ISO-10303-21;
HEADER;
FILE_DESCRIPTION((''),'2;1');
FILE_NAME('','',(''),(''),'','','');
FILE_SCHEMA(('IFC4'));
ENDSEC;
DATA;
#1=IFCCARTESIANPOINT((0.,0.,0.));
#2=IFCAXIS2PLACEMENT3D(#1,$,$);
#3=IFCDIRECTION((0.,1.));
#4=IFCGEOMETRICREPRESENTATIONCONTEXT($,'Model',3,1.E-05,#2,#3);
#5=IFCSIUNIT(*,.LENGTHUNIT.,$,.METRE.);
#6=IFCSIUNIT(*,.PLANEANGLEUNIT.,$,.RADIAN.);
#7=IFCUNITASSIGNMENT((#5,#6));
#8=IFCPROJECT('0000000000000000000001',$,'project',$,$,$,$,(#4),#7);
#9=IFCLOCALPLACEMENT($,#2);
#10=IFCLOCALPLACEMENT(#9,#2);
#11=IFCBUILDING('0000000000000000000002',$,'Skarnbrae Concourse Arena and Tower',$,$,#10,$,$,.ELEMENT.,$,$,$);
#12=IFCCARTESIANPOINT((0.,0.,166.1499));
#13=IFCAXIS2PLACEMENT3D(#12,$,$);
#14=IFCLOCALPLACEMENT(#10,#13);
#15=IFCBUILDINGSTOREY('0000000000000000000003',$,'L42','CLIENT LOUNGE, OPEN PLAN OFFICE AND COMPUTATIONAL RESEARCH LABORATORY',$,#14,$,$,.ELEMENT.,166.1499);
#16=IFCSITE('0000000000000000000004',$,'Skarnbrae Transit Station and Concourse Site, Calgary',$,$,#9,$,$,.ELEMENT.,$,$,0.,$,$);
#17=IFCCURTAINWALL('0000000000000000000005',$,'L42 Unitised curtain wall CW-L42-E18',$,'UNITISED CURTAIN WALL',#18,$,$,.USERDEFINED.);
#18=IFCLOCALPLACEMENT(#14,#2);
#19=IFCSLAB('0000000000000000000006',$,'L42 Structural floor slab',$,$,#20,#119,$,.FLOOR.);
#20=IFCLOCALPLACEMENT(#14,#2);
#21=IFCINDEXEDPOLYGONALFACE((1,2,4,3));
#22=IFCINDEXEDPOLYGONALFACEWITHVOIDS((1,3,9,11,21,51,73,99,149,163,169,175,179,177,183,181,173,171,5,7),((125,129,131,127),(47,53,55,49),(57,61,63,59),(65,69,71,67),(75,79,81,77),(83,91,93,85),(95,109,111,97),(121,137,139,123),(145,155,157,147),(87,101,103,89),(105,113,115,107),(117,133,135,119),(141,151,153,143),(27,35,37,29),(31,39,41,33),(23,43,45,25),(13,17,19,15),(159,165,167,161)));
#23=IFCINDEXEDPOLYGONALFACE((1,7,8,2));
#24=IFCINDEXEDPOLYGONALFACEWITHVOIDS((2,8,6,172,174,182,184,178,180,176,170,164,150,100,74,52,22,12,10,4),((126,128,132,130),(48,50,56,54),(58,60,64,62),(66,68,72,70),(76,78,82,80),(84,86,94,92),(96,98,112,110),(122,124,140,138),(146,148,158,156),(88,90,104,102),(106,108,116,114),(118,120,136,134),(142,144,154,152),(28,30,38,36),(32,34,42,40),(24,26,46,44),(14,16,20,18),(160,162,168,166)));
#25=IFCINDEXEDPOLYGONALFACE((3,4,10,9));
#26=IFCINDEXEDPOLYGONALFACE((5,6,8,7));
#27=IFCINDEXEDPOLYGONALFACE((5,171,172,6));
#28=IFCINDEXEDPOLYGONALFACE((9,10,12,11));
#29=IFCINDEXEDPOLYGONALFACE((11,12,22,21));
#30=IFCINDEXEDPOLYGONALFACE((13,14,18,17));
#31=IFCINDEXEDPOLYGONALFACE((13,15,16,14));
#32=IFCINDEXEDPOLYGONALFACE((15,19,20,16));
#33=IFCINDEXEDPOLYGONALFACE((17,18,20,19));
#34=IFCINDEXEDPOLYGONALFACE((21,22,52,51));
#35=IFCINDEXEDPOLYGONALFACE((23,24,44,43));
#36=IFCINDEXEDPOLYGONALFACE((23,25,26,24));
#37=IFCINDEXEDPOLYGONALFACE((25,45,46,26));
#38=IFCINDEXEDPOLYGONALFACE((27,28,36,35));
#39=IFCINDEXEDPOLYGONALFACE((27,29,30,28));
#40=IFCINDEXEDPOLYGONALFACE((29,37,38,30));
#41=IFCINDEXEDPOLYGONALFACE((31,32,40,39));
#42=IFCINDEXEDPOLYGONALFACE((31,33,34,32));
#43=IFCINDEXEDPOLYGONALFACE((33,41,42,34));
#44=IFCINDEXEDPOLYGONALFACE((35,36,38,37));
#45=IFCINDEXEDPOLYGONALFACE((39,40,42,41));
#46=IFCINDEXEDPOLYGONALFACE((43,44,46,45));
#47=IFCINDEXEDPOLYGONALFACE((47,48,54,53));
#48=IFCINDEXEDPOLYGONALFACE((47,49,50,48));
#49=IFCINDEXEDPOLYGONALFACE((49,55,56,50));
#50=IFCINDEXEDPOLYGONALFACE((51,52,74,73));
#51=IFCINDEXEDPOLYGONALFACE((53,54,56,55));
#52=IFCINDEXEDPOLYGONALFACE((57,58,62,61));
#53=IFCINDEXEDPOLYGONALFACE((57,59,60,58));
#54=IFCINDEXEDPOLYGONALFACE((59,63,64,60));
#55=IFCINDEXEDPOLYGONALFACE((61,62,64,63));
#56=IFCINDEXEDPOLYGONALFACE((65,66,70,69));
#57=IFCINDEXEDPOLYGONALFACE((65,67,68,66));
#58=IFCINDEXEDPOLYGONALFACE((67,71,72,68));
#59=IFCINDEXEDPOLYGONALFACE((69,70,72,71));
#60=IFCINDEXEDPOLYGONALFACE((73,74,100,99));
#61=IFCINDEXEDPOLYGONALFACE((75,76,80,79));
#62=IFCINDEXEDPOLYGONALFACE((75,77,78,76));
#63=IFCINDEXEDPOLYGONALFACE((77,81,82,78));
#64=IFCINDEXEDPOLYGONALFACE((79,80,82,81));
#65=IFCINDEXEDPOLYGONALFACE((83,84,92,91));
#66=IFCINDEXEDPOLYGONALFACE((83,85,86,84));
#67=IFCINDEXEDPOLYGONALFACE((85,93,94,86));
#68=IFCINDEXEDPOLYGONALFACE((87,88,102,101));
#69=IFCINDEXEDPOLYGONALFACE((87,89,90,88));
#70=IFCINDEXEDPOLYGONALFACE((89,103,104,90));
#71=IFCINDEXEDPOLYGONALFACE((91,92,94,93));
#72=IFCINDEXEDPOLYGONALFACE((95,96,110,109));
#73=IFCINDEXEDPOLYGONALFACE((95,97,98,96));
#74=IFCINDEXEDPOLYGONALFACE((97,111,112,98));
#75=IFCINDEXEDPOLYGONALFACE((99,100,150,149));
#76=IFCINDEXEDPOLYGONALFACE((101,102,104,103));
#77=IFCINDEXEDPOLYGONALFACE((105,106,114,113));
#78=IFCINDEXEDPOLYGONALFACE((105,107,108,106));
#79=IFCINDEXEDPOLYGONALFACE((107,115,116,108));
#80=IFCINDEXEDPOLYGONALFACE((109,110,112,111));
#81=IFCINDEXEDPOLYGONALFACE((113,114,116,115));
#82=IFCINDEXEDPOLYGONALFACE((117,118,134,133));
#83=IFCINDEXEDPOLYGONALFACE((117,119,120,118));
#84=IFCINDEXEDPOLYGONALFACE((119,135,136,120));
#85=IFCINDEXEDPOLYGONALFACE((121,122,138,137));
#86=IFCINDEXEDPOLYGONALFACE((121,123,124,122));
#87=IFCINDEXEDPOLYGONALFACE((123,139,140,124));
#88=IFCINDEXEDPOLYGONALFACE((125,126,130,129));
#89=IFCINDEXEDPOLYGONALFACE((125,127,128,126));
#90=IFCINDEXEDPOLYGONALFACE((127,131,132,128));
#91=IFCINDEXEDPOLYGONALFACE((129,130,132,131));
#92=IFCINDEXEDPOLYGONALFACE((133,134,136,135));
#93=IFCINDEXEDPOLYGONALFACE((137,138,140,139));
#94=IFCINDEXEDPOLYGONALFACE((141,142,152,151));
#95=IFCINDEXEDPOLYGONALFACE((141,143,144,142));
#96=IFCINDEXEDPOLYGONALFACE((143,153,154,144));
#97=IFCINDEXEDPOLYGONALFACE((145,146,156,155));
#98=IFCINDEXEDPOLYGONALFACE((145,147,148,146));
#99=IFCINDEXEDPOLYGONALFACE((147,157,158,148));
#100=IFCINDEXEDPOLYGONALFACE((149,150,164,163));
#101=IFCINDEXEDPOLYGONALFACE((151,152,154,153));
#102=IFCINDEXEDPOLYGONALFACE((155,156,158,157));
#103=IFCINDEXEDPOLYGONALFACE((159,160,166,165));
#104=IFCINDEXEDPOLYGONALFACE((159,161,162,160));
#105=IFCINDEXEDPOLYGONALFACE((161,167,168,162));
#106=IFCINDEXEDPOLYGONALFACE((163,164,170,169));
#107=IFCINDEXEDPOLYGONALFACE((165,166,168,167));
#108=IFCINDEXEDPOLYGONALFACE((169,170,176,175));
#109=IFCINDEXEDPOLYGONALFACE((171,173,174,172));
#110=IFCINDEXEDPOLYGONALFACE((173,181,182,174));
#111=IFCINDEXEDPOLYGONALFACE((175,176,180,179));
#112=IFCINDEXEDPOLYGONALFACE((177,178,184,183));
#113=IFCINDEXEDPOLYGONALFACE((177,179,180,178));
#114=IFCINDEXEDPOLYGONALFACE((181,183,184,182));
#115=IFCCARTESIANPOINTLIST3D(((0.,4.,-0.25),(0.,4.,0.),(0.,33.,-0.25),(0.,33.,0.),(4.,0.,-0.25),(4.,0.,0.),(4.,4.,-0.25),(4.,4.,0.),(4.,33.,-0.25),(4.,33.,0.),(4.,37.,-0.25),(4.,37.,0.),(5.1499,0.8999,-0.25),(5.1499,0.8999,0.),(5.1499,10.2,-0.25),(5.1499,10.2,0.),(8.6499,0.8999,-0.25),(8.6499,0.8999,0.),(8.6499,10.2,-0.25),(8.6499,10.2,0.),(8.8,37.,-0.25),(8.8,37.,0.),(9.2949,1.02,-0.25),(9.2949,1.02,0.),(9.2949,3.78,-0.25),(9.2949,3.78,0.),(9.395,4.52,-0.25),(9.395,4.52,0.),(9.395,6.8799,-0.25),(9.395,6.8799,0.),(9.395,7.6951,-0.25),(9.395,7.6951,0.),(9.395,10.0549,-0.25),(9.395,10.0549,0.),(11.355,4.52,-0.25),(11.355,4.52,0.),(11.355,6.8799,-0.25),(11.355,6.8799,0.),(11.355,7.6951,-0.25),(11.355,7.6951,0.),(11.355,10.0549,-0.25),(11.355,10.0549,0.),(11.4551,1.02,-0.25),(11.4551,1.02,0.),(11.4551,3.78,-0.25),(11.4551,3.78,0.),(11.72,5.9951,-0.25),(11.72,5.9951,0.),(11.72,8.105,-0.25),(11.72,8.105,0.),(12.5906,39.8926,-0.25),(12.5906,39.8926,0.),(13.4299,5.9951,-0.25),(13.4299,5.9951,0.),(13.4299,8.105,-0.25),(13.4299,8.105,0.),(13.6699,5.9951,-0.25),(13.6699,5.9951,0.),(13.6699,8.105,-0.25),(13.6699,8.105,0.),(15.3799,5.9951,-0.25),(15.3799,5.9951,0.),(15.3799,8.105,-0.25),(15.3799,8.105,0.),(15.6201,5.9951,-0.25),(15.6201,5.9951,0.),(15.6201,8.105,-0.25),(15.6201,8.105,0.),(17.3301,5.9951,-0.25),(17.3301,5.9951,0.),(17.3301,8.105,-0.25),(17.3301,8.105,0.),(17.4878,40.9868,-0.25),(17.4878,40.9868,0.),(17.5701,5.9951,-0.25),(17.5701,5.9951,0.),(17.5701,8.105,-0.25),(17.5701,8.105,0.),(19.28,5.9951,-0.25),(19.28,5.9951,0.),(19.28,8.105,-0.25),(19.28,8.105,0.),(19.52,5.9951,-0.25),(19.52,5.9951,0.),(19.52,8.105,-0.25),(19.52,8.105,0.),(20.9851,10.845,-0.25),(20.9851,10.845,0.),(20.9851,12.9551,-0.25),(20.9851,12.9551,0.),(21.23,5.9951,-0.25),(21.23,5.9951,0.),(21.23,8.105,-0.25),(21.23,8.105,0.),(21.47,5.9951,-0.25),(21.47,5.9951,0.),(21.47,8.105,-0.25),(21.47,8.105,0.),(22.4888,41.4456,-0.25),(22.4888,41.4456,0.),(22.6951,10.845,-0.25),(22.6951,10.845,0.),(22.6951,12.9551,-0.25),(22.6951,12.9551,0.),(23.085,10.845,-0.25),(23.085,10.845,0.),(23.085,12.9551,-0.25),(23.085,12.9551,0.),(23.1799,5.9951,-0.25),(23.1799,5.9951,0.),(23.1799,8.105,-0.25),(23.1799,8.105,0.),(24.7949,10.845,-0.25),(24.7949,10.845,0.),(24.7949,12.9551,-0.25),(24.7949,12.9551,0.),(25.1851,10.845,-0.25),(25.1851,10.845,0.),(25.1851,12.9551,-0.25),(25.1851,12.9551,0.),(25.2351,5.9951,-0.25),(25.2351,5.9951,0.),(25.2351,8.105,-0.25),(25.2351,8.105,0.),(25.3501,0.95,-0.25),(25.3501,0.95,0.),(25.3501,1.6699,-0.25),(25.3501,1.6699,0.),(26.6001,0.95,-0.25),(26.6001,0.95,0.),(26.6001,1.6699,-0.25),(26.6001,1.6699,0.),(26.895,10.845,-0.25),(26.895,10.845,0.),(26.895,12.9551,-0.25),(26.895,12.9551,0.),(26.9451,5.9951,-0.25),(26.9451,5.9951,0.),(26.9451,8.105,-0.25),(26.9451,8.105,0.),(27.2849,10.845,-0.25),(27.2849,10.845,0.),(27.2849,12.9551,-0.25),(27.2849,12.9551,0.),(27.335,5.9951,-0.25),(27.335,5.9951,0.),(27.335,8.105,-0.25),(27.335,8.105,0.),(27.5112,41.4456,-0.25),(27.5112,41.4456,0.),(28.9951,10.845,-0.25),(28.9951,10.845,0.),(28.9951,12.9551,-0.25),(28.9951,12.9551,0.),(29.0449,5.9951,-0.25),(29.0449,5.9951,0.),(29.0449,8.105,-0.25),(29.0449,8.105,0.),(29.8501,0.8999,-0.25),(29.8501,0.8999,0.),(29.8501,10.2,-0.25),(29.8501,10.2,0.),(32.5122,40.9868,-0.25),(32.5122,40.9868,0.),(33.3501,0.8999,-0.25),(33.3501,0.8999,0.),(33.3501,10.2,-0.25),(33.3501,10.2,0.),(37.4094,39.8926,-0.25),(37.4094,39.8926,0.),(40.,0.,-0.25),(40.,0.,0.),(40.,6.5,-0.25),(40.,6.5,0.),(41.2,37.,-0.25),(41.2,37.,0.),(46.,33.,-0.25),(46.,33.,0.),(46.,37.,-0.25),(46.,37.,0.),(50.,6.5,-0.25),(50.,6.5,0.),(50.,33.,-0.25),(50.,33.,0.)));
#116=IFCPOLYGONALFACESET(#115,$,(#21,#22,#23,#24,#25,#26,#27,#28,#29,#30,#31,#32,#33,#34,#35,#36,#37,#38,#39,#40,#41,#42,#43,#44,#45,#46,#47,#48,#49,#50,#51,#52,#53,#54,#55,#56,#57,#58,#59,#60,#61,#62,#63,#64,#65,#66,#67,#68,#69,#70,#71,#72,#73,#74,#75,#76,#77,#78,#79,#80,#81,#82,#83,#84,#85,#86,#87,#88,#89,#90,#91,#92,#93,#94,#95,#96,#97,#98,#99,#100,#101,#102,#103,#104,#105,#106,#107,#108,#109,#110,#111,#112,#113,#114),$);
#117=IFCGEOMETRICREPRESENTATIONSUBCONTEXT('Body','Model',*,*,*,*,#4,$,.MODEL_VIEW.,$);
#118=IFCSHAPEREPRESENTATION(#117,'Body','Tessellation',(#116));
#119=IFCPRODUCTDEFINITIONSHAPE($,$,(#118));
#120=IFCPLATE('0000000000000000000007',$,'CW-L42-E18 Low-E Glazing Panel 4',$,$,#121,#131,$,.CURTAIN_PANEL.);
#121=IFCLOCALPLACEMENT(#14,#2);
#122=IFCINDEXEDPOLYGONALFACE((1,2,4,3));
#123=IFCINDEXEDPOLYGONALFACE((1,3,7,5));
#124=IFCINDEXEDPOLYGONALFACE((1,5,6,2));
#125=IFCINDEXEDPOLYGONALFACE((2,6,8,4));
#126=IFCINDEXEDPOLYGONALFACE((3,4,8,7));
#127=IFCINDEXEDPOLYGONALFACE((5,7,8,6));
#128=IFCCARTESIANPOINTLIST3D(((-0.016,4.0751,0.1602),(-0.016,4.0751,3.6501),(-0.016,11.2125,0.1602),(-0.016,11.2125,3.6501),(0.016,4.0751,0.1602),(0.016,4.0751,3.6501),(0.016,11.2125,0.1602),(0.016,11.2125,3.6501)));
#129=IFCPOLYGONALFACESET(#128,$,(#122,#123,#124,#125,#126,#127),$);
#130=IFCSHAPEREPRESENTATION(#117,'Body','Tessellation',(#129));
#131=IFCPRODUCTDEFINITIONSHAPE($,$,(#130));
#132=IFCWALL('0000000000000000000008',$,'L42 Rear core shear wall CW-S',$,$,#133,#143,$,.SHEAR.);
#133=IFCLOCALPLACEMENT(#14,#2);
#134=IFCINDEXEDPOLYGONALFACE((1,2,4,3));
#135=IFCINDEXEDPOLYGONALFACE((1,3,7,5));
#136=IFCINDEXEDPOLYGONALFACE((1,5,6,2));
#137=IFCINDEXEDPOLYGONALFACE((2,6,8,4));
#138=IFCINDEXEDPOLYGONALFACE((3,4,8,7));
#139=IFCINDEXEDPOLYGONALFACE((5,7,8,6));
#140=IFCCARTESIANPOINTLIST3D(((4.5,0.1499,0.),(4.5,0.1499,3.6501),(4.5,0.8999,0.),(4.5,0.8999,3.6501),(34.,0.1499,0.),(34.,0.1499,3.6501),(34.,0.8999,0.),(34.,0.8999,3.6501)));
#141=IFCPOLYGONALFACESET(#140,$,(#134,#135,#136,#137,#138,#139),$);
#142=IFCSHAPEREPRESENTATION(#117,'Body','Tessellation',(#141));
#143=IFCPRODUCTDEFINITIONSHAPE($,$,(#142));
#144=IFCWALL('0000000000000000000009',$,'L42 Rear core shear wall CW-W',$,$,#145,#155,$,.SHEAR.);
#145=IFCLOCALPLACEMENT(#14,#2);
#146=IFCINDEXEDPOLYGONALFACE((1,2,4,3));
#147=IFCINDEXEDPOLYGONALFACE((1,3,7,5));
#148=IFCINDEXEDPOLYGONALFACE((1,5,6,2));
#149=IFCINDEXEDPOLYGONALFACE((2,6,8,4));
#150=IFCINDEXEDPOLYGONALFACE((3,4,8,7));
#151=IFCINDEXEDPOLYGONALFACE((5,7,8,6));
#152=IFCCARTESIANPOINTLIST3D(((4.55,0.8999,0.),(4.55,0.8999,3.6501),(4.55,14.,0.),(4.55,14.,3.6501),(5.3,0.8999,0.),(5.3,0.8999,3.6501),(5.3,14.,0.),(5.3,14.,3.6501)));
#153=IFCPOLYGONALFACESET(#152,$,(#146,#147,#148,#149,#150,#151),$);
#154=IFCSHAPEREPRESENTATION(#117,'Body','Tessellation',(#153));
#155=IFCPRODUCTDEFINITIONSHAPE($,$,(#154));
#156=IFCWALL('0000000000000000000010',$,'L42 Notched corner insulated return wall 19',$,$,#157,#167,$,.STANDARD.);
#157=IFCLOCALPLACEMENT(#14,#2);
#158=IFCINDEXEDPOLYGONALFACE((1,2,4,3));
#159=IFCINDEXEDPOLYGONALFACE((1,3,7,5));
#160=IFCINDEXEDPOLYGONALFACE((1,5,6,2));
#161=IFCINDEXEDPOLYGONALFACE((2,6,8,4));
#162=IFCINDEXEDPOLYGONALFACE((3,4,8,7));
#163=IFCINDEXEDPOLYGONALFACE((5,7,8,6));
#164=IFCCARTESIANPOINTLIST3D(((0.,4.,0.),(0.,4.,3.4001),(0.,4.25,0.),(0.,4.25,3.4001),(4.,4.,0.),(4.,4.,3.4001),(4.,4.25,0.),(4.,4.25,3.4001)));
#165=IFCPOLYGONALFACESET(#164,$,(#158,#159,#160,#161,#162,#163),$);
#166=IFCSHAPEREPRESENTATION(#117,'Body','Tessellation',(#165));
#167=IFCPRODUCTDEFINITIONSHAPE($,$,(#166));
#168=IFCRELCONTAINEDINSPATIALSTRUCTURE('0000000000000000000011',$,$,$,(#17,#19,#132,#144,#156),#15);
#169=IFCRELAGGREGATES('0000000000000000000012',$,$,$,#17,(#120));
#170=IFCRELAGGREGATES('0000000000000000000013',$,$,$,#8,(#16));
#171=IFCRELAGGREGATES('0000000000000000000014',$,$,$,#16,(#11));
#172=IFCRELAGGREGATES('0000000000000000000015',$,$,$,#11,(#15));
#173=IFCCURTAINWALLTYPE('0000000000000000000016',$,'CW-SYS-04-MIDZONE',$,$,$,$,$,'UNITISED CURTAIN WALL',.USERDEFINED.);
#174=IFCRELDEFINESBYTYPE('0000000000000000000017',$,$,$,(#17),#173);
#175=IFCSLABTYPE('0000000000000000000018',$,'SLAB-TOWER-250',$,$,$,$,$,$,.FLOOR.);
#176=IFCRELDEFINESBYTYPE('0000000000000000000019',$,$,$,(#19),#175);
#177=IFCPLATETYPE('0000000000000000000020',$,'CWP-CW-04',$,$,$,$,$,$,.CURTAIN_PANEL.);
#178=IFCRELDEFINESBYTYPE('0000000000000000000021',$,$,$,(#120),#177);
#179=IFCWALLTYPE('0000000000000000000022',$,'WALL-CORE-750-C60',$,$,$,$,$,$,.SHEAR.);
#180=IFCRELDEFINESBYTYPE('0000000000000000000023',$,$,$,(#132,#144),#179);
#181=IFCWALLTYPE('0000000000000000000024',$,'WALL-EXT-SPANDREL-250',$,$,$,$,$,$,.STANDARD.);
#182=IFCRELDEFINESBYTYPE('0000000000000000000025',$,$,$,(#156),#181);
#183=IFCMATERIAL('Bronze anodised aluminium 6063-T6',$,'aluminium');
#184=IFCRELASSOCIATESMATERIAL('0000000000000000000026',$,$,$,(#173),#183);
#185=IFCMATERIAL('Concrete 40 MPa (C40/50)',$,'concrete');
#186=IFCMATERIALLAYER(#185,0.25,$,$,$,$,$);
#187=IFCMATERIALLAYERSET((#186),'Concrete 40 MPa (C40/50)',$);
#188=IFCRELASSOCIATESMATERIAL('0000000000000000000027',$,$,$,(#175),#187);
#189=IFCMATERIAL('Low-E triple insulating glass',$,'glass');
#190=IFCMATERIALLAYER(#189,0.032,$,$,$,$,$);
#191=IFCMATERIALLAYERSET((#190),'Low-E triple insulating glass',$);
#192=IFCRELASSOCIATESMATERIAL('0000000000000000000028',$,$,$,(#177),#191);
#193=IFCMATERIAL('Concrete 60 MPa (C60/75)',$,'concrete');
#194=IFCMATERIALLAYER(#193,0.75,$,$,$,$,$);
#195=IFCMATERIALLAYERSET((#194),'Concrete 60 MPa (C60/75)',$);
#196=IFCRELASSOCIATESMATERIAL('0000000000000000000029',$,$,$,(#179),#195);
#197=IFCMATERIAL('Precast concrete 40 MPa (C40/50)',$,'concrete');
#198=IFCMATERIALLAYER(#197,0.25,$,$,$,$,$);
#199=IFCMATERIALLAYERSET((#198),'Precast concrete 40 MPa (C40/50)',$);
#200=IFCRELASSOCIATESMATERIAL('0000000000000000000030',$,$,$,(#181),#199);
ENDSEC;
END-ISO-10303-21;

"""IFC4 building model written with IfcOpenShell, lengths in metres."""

from ifc_helpers import new_model, si_unit, direction, frame, frame_2d, origin, origin_2d, place, context, subcontext, project, spatial, polyline, rectangle, outline, extrude, source, transform, mapped, material, layer, layer_set, type_object, element, aggregate, save


model = new_model("IFC4")

# Units and contexts
model_context = context("Model", 3, precision=1e-05, world=origin(), true_north=direction((0.0, 1.0)))
body_context = subcontext(model_context, "Body", "Model", "MODEL_VIEW")
ifc_project = project(units=[si_unit("LENGTHUNIT", "METRE"), si_unit("PLANEANGLEUNIT", "RADIAN")], contexts=[model_context])

# Site, building, storey
site_placement = place(None, origin())
site = spatial("IfcSite", under=ifc_project, at=site_placement, Name="Skarnbrae Transit Station and Concourse Site, Calgary", CompositionType="ELEMENT", RefElevation=0.0)
building_placement = place(site_placement, origin())
building = spatial("IfcBuilding", under=site, at=building_placement, Name="Skarnbrae Concourse Arena and Tower", CompositionType="ELEMENT")
storey_placement = place(building_placement, frame((0.0, 0.0, 166.1499)))
storey = spatial("IfcBuildingStorey", under=building, at=storey_placement, Name="L42", Description="CLIENT LOUNGE, OPEN PLAN OFFICE AND COMPUTATIONAL RESEARCH LABORATORY", CompositionType="ELEMENT", Elevation=166.1499)

# Curtain wall
ifc_material_1 = material(Name="Bronze anodised aluminium 6063-T6", Category="aluminium")
curtain_wall_type = type_object("IfcCurtainWallType", Name="CW-SYS-04-MIDZONE", ElementType="UNITISED CURTAIN WALL", PredefinedType="USERDEFINED", material=ifc_material_1)
curtain_wall_placement = place(storey_placement, origin())
curtain_wall = element("IfcCurtainWall", 1, at=curtain_wall_placement, inside=storey, type_object=curtain_wall_type, Name="L42 Unitised curtain wall CW-L42-E18", ObjectType="UNITISED CURTAIN WALL", PredefinedType="USERDEFINED")

# Shared definitions
ifc_material_2 = material(Name="Concrete 40 MPa (C40/50)", Category="concrete")

# Slab
ifc_layer_1 = layer(ifc_material_2, 0.25)
ifc_layer_set_1 = layer_set([ifc_layer_1], Name="Concrete 40 MPa (C40/50)")
slab_type_1 = type_object("IfcSlabType", Name="SLAB-TOWER-250", PredefinedType="FLOOR", material=ifc_layer_set_1)
slab_1_placement = place(storey_placement, frame((0.0, 0.0, -0.25)))
element("IfcSlab", 2, at=slab_1_placement, inside=storey, type_object=slab_type_1, Name="L42 Structural floor slab", PredefinedType="FLOOR", context=body_context, shape_type="SweptSolid", body=[
    extrude(outline(polyline([(4.0, 0.0), (40.0, 0.0), (40.0, 6.5), (50.0, 6.5), (50.0, 33.0), (46.0, 33.0), (46.0, 37.0), (41.2, 37.0), (37.4094, 39.8926), (32.5122, 40.9868), (27.5112, 41.4456), (22.4888, 41.4456), (17.4878, 40.9868), (12.5906, 39.8926), (8.8, 37.0), (4.0, 37.0), (4.0, 33.0), (0.0, 33.0), (0.0, 4.0), (4.0, 4.0), (4.0, 0.0)]), holes=[polyline([(9.2949, 3.78), (11.4551, 3.78), (11.4551, 1.02), (9.2949, 1.02), (9.2949, 3.78)]), polyline([(8.6499, 10.2), (8.6499, 0.8999), (5.1499, 0.8999), (5.1499, 10.2), (8.6499, 10.2)]), polyline([(9.395, 6.8799), (11.355, 6.8799), (11.355, 4.52), (9.395, 4.52), (9.395, 6.8799)]), polyline([(11.72, 8.105), (13.4299, 8.105), (13.4299, 5.9951), (11.72, 5.9951), (11.72, 8.105)]), polyline([(13.6699, 8.105), (15.3799, 8.105), (15.3799, 5.9951), (13.6699, 5.9951), (13.6699, 8.105)]), polyline([(15.6201, 8.105), (17.3301, 8.105), (17.3301, 5.9951), (15.6201, 5.9951), (15.6201, 8.105)]), polyline([(17.5701, 8.105), (19.28, 8.105), (19.28, 5.9951), (17.5701, 5.9951), (17.5701, 8.105)]), polyline([(21.23, 8.105), (21.23, 5.9951), (19.52, 5.9951), (19.52, 8.105), (21.23, 8.105)]), polyline([(11.355, 10.0549), (11.355, 7.6951), (9.395, 7.6951), (9.395, 10.0549), (11.355, 10.0549)]), polyline([(25.3501, 1.6699), (26.6001, 1.6699), (26.6001, 0.95), (25.3501, 0.95), (25.3501, 1.6699)]), polyline([(33.3501, 10.2), (33.3501, 0.8999), (29.8501, 0.8999), (29.8501, 10.2), (33.3501, 10.2)]), polyline([(21.47, 8.105), (23.1799, 8.105), (23.1799, 5.9951), (21.47, 5.9951), (21.47, 8.105)]), polyline([(25.2351, 8.105), (26.9451, 8.105), (26.9451, 5.9951), (25.2351, 5.9951), (25.2351, 8.105)]), polyline([(27.335, 8.105), (29.0449, 8.105), (29.0449, 5.9951), (27.335, 5.9951), (27.335, 8.105)]), polyline([(20.9851, 12.9551), (22.6951, 12.9551), (22.6951, 10.845), (20.9851, 10.845), (20.9851, 12.9551)]), polyline([(23.085, 12.9551), (24.7949, 12.9551), (24.7949, 10.845), (23.085, 10.845), (23.085, 12.9551)]), polyline([(26.895, 12.9551), (26.895, 10.845), (25.1851, 10.845), (25.1851, 12.9551), (26.895, 12.9551)]), polyline([(28.9951, 12.9551), (28.9951, 10.845), (27.2849, 10.845), (27.2849, 12.9551), (28.9951, 12.9551)])]), origin(), (0.0, 0.0, 1.0), 0.25),
])

# Plate
ifc_material_3 = material(Name="Low-E triple insulating glass", Category="glass")
ifc_layer_2 = layer(ifc_material_3, 0.032)
ifc_layer_set_2 = layer_set([ifc_layer_2], Name="Low-E triple insulating glass")
plate_type = type_object("IfcPlateType", Name="CWP-CW-04", PredefinedType="CURTAIN_PANEL", material=ifc_layer_set_2)
shared_shape_1 = source(origin(), body_context, "Body", "SweptSolid", [
    extrude(rectangle(XDim=7.1375, YDim=0.032, at=origin_2d()), origin(), (0.0, 0.0, 1.0), 3.49),
])
plate_placement = place(storey_placement, frame((0.0, 7.6438, 0.1602), z_axis=(0.0, 0.0, 1.0), x_axis=(0.0, -1.0, 0.0)))
plate = element("IfcPlate", 3, at=plate_placement, type_object=plate_type, Name="CW-L42-E18 Low-E Glazing Panel 4", PredefinedType="CURTAIN_PANEL", context=body_context, shape_type="MappedRepresentation", body=[
    mapped(shared_shape_1, transform((0.0, 0.0, 0.0))),
])
aggregate(curtain_wall, [plate])

# Walls
ifc_material_4 = material(Name="Concrete 60 MPa (C60/75)", Category="concrete")
ifc_layer_3 = layer(ifc_material_4, 0.75)
ifc_layer_set_3 = layer_set([ifc_layer_3], Name="Concrete 60 MPa (C60/75)")
wall_type_1 = type_object("IfcWallType", Name="WALL-CORE-750-C60", PredefinedType="SHEAR", material=ifc_layer_set_3)
shared_shape_2 = source(origin(), body_context, "Body", "SweptSolid", [
    extrude(rectangle(XDim=29.5, YDim=0.75, at=frame_2d((14.75, 0.0))), origin(), (0.0, 0.0, 1.0), 3.6501),
])
wall_1_placement = place(storey_placement, frame((4.5, 0.5249, 0.0), z_axis=(0.0, 0.0, 1.0), x_axis=(1.0, 0.0, 0.0)))
element("IfcWall", 4, at=wall_1_placement, inside=storey, type_object=wall_type_1, Name="L42 Rear core shear wall CW-S", PredefinedType="SHEAR", context=body_context, shape_type="MappedRepresentation", body=[
    mapped(shared_shape_2, transform((0.0, 0.0, 0.0))),
])
shared_shape_3 = source(origin(), body_context, "Body", "SweptSolid", [
    extrude(rectangle(XDim=13.1001, YDim=0.75, at=frame_2d((6.55, 0.0))), origin(), (0.0, 0.0, 1.0), 3.6501),
])
wall_2_placement = place(storey_placement, frame((4.925, 0.8999, 0.0), z_axis=(0.0, 0.0, 1.0), x_axis=(0.0, 1.0, 0.0)))
element("IfcWall", 5, at=wall_2_placement, inside=storey, type_object=wall_type_1, Name="L42 Rear core shear wall CW-W", PredefinedType="SHEAR", context=body_context, shape_type="MappedRepresentation", body=[
    mapped(shared_shape_3, transform((0.0, 0.0, 0.0))),
])
ifc_material_5 = material(Name="Precast concrete 40 MPa (C40/50)", Category="concrete")
ifc_layer_4 = layer(ifc_material_5, 0.25)
ifc_layer_set_4 = layer_set([ifc_layer_4], Name="Precast concrete 40 MPa (C40/50)")
wall_type_2 = type_object("IfcWallType", Name="WALL-EXT-SPANDREL-250", PredefinedType="STANDARD", material=ifc_layer_set_4)
shared_shape_4 = source(origin(), body_context, "Body", "SweptSolid", [
    extrude(rectangle(XDim=4.0, YDim=0.25, at=frame_2d((2.0, 0.0))), origin(), (0.0, 0.0, 1.0), 3.4001),
])
for number, where, z_axis, x_axis, name in (
    (6, (0.0, 4.125, 0.0), (0.0, 0.0, 1.0), (1.0, 0.0, 0.0), "L42 Notched corner insulated return wall 19"),
):
    element("IfcWall", number, at=place(storey_placement, frame(where, z_axis=z_axis, x_axis=x_axis)), inside=storey, type_object=wall_type_2, Name=name, PredefinedType="STANDARD", context=body_context, shape_type="MappedRepresentation", body=[
        mapped(shared_shape_4, transform((0.0, 0.0, 0.0))),
    ])

save(model, "model.ifc")
